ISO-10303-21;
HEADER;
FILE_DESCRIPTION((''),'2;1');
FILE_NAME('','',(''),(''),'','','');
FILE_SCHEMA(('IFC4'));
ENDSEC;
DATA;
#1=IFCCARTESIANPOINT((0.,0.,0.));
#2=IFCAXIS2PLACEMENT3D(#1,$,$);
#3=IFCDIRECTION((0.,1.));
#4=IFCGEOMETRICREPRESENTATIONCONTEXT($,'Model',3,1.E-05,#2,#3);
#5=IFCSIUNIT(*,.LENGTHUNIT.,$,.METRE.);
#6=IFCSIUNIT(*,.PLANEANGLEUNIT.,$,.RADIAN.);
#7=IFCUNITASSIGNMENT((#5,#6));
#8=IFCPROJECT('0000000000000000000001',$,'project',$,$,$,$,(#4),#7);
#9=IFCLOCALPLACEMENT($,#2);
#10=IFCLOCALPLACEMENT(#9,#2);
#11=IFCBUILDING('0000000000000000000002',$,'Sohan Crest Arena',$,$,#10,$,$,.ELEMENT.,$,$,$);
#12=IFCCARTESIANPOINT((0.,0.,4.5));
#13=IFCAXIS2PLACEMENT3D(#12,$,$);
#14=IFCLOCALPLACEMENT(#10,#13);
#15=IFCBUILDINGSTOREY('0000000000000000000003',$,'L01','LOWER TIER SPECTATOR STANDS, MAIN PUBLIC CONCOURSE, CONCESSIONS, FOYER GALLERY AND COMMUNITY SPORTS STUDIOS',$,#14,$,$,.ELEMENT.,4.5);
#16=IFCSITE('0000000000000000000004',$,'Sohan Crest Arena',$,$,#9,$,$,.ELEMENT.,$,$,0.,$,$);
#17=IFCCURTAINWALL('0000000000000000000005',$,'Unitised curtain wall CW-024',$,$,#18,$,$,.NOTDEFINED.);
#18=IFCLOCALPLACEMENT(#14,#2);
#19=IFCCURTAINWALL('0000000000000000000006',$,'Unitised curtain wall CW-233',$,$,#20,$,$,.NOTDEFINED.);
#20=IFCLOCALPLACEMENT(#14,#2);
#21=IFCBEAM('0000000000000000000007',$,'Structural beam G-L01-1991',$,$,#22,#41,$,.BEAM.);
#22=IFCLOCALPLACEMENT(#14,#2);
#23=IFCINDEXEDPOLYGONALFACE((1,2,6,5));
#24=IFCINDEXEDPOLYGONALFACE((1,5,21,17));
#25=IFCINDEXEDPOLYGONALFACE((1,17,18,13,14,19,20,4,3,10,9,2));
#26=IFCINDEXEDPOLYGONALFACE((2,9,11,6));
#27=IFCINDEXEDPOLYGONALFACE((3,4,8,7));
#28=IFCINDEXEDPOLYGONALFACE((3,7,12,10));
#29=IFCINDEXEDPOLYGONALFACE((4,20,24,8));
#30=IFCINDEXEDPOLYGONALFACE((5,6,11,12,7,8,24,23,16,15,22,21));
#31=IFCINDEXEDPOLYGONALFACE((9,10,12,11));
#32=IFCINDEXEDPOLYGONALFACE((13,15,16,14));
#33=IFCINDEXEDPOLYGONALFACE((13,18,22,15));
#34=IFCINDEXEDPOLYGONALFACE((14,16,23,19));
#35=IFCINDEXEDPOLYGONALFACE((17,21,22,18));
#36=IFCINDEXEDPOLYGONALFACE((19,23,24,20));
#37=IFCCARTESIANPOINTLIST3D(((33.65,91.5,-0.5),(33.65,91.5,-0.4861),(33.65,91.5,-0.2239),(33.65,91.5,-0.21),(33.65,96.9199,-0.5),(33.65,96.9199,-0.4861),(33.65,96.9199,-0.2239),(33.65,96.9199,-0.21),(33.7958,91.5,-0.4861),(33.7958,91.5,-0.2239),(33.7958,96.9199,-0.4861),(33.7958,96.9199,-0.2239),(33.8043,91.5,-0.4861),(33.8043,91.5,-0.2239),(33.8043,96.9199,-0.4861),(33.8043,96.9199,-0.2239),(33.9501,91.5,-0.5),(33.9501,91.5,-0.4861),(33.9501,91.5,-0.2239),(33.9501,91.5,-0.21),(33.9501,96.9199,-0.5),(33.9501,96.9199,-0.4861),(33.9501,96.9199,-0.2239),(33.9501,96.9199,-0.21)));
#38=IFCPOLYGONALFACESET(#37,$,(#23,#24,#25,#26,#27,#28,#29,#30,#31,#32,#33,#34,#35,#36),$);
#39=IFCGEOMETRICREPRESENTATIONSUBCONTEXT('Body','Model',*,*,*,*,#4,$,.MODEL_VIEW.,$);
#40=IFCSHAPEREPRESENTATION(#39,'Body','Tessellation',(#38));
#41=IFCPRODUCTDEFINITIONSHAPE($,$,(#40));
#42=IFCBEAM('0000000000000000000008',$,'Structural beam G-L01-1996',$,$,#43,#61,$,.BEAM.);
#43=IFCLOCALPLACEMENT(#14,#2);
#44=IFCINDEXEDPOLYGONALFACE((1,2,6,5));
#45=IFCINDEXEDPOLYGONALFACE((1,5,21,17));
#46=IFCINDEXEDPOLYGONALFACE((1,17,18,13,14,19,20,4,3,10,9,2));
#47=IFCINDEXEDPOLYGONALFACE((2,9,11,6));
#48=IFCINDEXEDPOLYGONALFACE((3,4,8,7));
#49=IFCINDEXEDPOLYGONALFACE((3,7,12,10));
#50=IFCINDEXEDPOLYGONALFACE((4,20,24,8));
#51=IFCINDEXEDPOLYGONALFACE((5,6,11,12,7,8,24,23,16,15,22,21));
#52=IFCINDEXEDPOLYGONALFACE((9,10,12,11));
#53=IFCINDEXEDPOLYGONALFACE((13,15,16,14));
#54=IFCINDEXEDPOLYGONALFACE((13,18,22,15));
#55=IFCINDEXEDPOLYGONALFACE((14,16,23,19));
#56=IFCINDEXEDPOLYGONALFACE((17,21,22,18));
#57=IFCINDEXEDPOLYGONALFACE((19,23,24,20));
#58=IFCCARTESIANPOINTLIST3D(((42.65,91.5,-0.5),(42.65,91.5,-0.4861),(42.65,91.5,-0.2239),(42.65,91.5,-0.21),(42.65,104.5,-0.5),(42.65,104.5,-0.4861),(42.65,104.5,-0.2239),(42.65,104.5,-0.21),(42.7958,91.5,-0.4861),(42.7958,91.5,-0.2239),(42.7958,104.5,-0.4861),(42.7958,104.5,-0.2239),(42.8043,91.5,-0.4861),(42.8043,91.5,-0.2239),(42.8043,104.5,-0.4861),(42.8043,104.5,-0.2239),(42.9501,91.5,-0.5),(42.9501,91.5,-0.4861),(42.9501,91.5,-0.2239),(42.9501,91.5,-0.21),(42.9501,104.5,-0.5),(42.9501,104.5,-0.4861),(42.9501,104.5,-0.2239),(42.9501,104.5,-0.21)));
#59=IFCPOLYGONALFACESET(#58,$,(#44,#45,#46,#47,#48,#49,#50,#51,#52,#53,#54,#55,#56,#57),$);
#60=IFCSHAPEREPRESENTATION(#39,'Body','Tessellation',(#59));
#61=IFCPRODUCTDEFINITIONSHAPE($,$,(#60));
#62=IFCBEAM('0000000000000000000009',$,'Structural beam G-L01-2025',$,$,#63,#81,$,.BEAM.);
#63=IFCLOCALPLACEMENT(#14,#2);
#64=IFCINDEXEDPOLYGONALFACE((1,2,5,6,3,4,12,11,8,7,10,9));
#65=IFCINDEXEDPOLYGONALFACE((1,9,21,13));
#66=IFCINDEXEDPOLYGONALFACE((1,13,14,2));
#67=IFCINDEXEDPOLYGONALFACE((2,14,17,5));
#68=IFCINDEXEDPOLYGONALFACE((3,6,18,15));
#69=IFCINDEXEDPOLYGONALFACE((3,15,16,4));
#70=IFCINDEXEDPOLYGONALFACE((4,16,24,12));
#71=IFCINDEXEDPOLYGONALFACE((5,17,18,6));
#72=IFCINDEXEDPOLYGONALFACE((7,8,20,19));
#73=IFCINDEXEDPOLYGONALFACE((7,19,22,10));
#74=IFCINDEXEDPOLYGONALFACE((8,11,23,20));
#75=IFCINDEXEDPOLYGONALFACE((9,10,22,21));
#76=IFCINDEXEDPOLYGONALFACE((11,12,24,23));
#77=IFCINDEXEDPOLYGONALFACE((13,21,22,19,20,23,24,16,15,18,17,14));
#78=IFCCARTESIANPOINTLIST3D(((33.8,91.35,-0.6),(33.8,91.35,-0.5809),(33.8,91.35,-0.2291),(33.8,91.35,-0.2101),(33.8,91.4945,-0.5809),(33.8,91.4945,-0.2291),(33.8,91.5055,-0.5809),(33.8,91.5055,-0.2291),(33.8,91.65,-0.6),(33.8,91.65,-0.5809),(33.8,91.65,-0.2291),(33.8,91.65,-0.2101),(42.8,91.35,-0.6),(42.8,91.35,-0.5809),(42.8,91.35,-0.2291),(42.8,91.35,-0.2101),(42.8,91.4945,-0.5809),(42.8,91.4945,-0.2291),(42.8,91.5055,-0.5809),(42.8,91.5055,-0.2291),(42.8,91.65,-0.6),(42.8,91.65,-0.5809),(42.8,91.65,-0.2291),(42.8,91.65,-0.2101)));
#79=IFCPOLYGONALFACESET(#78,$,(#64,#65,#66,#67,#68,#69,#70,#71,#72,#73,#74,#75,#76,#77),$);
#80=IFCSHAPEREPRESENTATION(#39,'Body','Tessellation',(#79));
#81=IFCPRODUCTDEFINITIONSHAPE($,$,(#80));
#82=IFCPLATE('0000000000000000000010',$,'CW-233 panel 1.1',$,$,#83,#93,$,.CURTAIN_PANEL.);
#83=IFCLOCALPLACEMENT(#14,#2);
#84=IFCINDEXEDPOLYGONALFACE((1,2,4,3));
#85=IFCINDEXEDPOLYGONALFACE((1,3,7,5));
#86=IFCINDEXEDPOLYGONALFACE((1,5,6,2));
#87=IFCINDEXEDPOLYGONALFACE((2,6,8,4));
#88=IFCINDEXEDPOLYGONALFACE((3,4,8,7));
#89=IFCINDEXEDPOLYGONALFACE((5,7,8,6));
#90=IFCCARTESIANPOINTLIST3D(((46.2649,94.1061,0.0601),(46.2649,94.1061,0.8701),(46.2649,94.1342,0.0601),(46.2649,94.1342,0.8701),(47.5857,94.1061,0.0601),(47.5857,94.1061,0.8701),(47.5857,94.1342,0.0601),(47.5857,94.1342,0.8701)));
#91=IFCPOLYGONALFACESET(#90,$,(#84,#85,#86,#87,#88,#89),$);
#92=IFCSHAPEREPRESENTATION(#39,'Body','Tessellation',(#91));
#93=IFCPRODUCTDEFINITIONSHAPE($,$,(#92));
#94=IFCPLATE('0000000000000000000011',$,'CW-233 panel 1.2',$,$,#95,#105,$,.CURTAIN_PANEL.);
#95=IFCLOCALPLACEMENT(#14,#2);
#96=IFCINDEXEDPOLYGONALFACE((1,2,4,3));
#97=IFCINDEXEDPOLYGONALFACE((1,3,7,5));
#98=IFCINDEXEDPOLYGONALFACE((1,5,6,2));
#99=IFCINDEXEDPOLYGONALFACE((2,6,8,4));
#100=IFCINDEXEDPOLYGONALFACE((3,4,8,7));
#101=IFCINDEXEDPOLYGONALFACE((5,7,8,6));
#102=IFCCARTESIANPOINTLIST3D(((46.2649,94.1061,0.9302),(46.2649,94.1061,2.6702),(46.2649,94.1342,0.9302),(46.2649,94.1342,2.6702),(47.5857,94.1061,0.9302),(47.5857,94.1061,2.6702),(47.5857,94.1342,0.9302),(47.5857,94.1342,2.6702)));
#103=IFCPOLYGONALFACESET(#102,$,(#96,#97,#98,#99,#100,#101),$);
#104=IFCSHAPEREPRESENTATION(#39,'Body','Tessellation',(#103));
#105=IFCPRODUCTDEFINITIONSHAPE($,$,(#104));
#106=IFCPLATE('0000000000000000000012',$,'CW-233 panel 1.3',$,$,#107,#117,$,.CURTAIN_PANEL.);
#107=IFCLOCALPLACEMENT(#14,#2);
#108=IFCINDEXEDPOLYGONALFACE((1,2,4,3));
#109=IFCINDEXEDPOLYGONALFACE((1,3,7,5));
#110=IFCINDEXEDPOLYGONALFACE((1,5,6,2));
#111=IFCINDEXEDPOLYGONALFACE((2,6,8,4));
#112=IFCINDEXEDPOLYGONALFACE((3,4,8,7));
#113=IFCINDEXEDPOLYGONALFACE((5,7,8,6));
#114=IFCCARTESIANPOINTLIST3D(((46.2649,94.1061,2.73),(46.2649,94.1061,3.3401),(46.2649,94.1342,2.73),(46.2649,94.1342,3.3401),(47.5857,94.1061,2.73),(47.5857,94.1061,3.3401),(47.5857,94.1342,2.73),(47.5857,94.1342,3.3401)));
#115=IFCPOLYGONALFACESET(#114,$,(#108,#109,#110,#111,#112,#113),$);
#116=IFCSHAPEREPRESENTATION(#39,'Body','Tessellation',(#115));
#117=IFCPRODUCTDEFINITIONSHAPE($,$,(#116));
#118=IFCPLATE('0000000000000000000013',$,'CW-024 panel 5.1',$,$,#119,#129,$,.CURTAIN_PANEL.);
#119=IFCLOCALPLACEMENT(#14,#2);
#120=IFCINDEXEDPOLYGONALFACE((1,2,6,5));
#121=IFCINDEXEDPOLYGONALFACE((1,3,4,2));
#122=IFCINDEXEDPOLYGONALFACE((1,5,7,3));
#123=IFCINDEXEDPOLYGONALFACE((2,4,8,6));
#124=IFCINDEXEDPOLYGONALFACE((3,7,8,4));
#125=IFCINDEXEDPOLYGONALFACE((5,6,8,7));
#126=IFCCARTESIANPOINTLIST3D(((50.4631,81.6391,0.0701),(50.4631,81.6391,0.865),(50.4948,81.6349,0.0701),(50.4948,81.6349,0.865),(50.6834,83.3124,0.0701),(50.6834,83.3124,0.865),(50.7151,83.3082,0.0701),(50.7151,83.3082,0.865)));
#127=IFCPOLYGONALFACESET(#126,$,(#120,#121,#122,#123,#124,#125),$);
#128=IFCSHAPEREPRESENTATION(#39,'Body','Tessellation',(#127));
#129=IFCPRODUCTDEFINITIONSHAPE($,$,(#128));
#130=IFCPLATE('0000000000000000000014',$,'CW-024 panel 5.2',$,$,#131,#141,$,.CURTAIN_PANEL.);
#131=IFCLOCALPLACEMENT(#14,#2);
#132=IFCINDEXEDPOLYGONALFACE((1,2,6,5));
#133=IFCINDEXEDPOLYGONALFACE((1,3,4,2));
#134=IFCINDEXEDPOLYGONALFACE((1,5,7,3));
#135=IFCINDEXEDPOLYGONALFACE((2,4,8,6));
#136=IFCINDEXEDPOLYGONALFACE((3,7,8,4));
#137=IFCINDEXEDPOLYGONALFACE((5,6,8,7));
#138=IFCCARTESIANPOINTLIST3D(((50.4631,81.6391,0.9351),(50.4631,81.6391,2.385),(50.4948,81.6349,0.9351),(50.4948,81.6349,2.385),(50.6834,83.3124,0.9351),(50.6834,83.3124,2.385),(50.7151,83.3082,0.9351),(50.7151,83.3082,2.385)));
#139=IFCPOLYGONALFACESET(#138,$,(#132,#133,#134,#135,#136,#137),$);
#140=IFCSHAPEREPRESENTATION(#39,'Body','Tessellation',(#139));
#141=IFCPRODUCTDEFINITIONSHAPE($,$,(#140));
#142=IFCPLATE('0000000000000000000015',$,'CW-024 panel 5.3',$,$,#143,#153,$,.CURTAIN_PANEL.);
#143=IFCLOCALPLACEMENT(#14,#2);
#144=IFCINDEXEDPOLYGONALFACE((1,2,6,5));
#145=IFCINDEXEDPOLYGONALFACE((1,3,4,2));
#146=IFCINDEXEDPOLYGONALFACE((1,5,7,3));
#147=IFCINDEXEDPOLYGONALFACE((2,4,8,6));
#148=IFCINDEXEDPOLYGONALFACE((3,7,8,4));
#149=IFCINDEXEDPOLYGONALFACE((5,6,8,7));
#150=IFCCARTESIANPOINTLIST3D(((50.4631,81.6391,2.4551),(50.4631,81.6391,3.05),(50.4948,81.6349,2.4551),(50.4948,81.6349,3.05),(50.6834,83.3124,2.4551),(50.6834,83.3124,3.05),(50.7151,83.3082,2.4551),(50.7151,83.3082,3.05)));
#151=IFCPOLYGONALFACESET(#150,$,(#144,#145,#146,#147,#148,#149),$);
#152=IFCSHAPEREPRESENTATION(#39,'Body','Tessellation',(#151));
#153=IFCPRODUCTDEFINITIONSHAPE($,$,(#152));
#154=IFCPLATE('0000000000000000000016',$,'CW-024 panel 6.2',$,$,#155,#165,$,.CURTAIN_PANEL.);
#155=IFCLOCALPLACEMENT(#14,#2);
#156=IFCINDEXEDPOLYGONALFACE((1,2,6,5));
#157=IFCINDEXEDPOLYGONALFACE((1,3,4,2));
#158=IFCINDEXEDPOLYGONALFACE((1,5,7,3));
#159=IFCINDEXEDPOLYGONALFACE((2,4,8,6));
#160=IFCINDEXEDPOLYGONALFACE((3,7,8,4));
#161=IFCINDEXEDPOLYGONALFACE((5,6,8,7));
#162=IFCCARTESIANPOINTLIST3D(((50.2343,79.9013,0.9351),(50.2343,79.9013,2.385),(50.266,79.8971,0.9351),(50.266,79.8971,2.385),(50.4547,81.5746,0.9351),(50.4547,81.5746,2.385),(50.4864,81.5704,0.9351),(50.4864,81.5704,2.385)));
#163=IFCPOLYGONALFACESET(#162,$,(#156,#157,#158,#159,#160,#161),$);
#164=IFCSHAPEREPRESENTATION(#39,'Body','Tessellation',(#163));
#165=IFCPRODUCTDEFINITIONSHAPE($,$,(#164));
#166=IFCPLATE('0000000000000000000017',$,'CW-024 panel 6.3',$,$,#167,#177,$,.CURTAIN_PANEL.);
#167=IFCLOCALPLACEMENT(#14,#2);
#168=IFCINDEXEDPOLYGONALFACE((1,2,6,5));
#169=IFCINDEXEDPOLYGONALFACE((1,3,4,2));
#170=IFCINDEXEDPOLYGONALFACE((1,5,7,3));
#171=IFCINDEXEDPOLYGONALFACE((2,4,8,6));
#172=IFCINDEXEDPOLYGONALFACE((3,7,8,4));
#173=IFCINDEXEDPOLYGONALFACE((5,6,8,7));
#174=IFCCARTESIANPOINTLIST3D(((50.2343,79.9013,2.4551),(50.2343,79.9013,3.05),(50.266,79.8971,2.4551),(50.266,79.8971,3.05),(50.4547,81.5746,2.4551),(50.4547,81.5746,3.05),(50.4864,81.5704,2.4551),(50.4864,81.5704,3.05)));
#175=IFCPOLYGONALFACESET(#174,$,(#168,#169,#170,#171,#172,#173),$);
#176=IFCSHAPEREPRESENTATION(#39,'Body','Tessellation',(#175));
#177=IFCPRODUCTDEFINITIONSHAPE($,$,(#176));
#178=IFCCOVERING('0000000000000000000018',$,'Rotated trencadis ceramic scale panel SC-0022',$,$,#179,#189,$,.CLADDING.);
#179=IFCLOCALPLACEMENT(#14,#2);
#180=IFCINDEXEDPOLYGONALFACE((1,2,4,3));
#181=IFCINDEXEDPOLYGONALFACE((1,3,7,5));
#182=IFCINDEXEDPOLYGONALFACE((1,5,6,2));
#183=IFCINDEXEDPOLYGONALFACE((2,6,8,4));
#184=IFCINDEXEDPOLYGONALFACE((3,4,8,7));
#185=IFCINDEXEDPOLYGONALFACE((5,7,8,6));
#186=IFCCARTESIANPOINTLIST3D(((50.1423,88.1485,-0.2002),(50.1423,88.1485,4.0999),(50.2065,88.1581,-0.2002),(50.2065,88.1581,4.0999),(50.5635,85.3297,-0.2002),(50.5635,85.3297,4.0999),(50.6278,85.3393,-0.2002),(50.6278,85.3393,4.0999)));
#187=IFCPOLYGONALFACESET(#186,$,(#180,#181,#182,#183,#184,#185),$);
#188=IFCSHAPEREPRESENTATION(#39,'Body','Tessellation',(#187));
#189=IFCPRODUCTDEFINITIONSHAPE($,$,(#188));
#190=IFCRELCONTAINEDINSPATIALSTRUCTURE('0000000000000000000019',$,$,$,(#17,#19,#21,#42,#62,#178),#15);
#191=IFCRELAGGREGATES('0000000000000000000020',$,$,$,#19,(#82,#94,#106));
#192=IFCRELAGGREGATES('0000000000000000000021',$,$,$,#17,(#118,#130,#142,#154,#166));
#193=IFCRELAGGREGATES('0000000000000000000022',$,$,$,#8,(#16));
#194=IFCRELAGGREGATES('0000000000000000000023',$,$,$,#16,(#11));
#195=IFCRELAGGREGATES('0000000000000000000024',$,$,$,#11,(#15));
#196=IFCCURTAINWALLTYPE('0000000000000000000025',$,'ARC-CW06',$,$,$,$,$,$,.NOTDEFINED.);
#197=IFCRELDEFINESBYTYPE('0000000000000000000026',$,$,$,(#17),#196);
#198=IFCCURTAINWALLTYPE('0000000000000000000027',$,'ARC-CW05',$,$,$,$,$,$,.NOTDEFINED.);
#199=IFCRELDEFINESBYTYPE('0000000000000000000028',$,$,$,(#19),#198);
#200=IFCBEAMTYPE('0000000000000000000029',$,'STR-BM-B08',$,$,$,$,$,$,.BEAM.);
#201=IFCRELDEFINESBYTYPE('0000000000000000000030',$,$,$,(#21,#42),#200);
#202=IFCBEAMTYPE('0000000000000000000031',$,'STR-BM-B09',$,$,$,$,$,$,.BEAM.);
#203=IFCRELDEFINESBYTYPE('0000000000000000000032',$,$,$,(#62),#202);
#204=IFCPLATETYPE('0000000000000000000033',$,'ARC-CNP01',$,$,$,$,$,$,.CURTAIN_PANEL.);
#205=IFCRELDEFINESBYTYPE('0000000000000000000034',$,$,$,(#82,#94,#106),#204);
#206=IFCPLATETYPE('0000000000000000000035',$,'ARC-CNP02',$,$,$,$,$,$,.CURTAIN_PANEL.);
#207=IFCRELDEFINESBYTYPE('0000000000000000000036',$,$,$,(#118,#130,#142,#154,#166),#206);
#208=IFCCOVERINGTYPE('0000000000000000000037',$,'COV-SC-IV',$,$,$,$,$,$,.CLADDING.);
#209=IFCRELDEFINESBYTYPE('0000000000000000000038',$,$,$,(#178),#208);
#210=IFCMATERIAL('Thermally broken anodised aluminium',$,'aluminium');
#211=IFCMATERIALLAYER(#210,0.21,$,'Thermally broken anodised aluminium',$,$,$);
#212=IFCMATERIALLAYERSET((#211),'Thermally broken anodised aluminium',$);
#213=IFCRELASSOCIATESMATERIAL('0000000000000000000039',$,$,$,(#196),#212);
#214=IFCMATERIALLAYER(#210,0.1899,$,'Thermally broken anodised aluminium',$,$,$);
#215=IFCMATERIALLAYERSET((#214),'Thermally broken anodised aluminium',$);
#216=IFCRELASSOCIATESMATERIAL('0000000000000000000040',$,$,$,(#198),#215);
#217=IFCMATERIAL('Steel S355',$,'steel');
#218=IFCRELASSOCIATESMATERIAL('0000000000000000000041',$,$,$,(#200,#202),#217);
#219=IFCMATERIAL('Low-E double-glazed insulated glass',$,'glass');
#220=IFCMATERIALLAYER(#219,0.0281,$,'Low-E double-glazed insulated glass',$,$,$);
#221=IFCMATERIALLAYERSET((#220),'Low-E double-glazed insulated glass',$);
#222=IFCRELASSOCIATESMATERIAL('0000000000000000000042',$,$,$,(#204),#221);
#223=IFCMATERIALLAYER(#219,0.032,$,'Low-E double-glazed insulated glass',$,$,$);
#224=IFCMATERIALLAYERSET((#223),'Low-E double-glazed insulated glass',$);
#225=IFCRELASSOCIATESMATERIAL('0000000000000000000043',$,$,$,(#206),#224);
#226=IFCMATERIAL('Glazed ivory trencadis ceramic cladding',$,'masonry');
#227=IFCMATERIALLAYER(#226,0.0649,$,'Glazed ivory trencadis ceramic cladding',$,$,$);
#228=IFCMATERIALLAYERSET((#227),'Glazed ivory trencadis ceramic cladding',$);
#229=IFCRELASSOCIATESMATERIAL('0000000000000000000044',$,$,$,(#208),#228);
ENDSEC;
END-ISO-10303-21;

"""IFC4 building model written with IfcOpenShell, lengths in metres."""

from ifc_helpers import new_model, si_unit, direction, frame, origin, origin_2d, place, context, subcontext, project, spatial, rectangle, i_section, extrude, material, layer, layer_set, material_profile, profile_set, type_object, element, aggregate, save


model = new_model("IFC4")

# Units and contexts
model_context = context("Model", 3, precision=1e-05, world=origin(), true_north=direction((0.0, 1.0)))
body_context = subcontext(model_context, "Body", "Model", "MODEL_VIEW")
ifc_project = project(units=[si_unit("LENGTHUNIT", "METRE"), si_unit("PLANEANGLEUNIT", "RADIAN")], contexts=[model_context])

# Site, building, storey
site_placement = place(None, origin())
site = spatial("IfcSite", under=ifc_project, at=site_placement, Name="Sohan Crest Arena", CompositionType="ELEMENT", RefElevation=0.0)
building_placement = place(site_placement, origin())
building = spatial("IfcBuilding", under=site, at=building_placement, Name="Sohan Crest Arena", CompositionType="ELEMENT")
storey_placement = place(building_placement, frame((0.0, 0.0, 4.5)))
storey = spatial("IfcBuildingStorey", under=building, at=storey_placement, Name="L01", Description="LOWER TIER SPECTATOR STANDS, MAIN PUBLIC CONCOURSE, CONCESSIONS, FOYER GALLERY AND COMMUNITY SPORTS STUDIOS", CompositionType="ELEMENT", Elevation=4.5)

# Curtain wall
ifc_material_1 = material(Name="Thermally broken anodised aluminium", Category="aluminium")
ifc_layer_1 = layer(ifc_material_1, 0.21, Name="Thermally broken anodised aluminium")
ifc_layer_set_1 = layer_set([ifc_layer_1], Name="Thermally broken anodised aluminium")
curtain_wall_type_1 = type_object("IfcCurtainWallType", Name="ARC-CW06", PredefinedType="NOTDEFINED", material=ifc_layer_set_1)
curtain_wall_1_placement = place(storey_placement, origin())
curtain_wall_1 = element("IfcCurtainWall", 1, at=curtain_wall_1_placement, inside=storey, type_object=curtain_wall_type_1, Name="Unitised curtain wall CW-024", PredefinedType="NOTDEFINED")

# Curtain wall
ifc_layer_2 = layer(ifc_material_1, 0.1899, Name="Thermally broken anodised aluminium")
ifc_layer_set_2 = layer_set([ifc_layer_2], Name="Thermally broken anodised aluminium")
curtain_wall_type_2 = type_object("IfcCurtainWallType", Name="ARC-CW05", PredefinedType="NOTDEFINED", material=ifc_layer_set_2)
curtain_wall_2_placement = place(storey_placement, origin())
curtain_wall_2 = element("IfcCurtainWall", 2, at=curtain_wall_2_placement, inside=storey, type_object=curtain_wall_type_2, Name="Unitised curtain wall CW-233", PredefinedType="NOTDEFINED")

# Beams
ifc_material_2 = material(Name="Steel S355", Category="steel")
ifc_material_profile_1 = material_profile(ifc_material_2, i_section(OverallWidth=0.3, OverallDepth=0.29, WebThickness=0.0085, FlangeThickness=0.0139, at=origin_2d()), Name="HEA 300")
ifc_profile_set_1 = profile_set([ifc_material_profile_1], Name="Steel S355")
beam_type_1 = type_object("IfcBeamType", Name="STR-BM-B08", PredefinedType="BEAM", material=ifc_profile_set_1)
beam_1_placement = place(storey_placement, frame((33.8, 91.5, -0.355), z_axis=(0.0, 1.0, 0.0), x_axis=(-1.0, 0.0, 0.0)))
element("IfcBeam", 3, at=beam_1_placement, inside=storey, type_object=beam_type_1, Name="Structural beam G-L01-1991", PredefinedType="BEAM", context=body_context, shape_type="SweptSolid", body=[
    extrude(i_section(OverallWidth=0.3, OverallDepth=0.29, WebThickness=0.0085, FlangeThickness=0.0139, at=origin_2d()), origin(), (0.0, 0.0, 1.0), 5.4199),
])
beam_2_placement = place(storey_placement, frame((42.8, 91.5, -0.355), z_axis=(0.0, 1.0, 0.0), x_axis=(-1.0, 0.0, 0.0)))
element("IfcBeam", 4, at=beam_2_placement, inside=storey, type_object=beam_type_1, Name="Structural beam G-L01-1996", PredefinedType="BEAM", context=body_context, shape_type="SweptSolid", body=[
    extrude(i_section(OverallWidth=0.3, OverallDepth=0.29, WebThickness=0.0085, FlangeThickness=0.0139, at=origin_2d()), origin(), (0.0, 0.0, 1.0), 13.0),
])
ifc_material_profile_2 = material_profile(ifc_material_2, i_section(OverallWidth=0.3, OverallDepth=0.3899, WebThickness=0.011, FlangeThickness=0.019, at=origin_2d()), Name="HEA 400")
ifc_profile_set_2 = profile_set([ifc_material_profile_2], Name="Steel S355")
beam_type_2 = type_object("IfcBeamType", Name="STR-BM-B09", PredefinedType="BEAM", material=ifc_profile_set_2)
beam_3_placement = place(storey_placement, frame((33.8, 91.5, -0.405), z_axis=(1.0, 0.0, 0.0), x_axis=(0.0, 1.0, 0.0)))
element("IfcBeam", 5, at=beam_3_placement, inside=storey, type_object=beam_type_2, Name="Structural beam G-L01-2025", PredefinedType="BEAM", context=body_context, shape_type="SweptSolid", body=[
    extrude(i_section(OverallWidth=0.3, OverallDepth=0.3899, WebThickness=0.011, FlangeThickness=0.019, at=origin_2d()), origin(), (0.0, 0.0, 1.0), 9.0),
])

# Plates
ifc_material_3 = material(Name="Low-E double-glazed insulated glass", Category="glass")
ifc_layer_3 = layer(ifc_material_3, 0.0281, Name="Low-E double-glazed insulated glass")
ifc_layer_set_3 = layer_set([ifc_layer_3], Name="Low-E double-glazed insulated glass")
plate_type_1 = type_object("IfcPlateType", Name="ARC-CNP01", PredefinedType="CURTAIN_PANEL", material=ifc_layer_set_3)
plate_1_placement = place(storey_placement, frame((46.9253, 94.1201, 0.0601), z_axis=(0.0, 0.0, 1.0), x_axis=(1.0, 0.0, 0.0)))
plate_1 = element("IfcPlate", 6, at=plate_1_placement, type_object=plate_type_1, Name="CW-233 panel 1.1", PredefinedType="CURTAIN_PANEL", context=body_context, shape_type="SweptSolid", body=[
    extrude(rectangle(XDim=1.3208, YDim=0.0281, at=origin_2d()), origin(), (0.0, 0.0, 1.0), 0.8101),
])
plate_2_placement = place(storey_placement, frame((46.9253, 94.1201, 0.9302), z_axis=(0.0, 0.0, 1.0), x_axis=(1.0, 0.0, 0.0)))
plate_2 = element("IfcPlate", 7, at=plate_2_placement, type_object=plate_type_1, Name="CW-233 panel 1.2", PredefinedType="CURTAIN_PANEL", context=body_context, shape_type="SweptSolid", body=[
    extrude(rectangle(XDim=1.3208, YDim=0.0281, at=origin_2d()), origin(), (0.0, 0.0, 1.0), 1.74),
])
plate_3_placement = place(storey_placement, frame((46.9253, 94.1201, 2.73), z_axis=(0.0, 0.0, 1.0), x_axis=(1.0, 0.0, 0.0)))
plate_3 = element("IfcPlate", 8, at=plate_3_placement, type_object=plate_type_1, Name="CW-233 panel 1.3", PredefinedType="CURTAIN_PANEL", context=body_context, shape_type="SweptSolid", body=[
    extrude(rectangle(XDim=1.3208, YDim=0.0281, at=origin_2d()), origin(), (0.0, 0.0, 1.0), 0.6101),
])
aggregate(curtain_wall_2, [plate_1, plate_2, plate_3])
ifc_layer_4 = layer(ifc_material_3, 0.032, Name="Low-E double-glazed insulated glass")
ifc_layer_set_4 = layer_set([ifc_layer_4], Name="Low-E double-glazed insulated glass")
plate_type_2 = type_object("IfcPlateType", Name="ARC-CNP02", PredefinedType="CURTAIN_PANEL", material=ifc_layer_set_4)
plate_4_placement = place(storey_placement, frame((50.5891, 82.4736, 0.0701), z_axis=(0.0, 0.0, 1.0), x_axis=(-0.130562, -0.99144, 0.0)))
plate_4 = element("IfcPlate", 9, at=plate_4_placement, type_object=plate_type_2, Name="CW-024 panel 5.1", PredefinedType="CURTAIN_PANEL", context=body_context, shape_type="SweptSolid", body=[
    extrude(rectangle(XDim=1.6877, YDim=0.032, at=origin_2d()), origin(), (0.0, 0.0, 1.0), 0.7949),
])
plate_5_placement = place(storey_placement, frame((50.5891, 82.4736, 0.9351), z_axis=(0.0, 0.0, 1.0), x_axis=(-0.130562, -0.99144, 0.0)))
plate_5 = element("IfcPlate", 10, at=plate_5_placement, type_object=plate_type_2, Name="CW-024 panel 5.2", PredefinedType="CURTAIN_PANEL", context=body_context, shape_type="SweptSolid", body=[
    extrude(rectangle(XDim=1.6877, YDim=0.032, at=origin_2d()), origin(), (0.0, 0.0, 1.0), 1.45),
])
plate_6_placement = place(storey_placement, frame((50.5891, 82.4736, 2.4551), z_axis=(0.0, 0.0, 1.0), x_axis=(-0.130562, -0.99144, 0.0)))
plate_6 = element("IfcPlate", 11, at=plate_6_placement, type_object=plate_type_2, Name="CW-024 panel 5.3", PredefinedType="CURTAIN_PANEL", context=body_context, shape_type="SweptSolid", body=[
    extrude(rectangle(XDim=1.6877, YDim=0.032, at=origin_2d()), origin(), (0.0, 0.0, 1.0), 0.595),
])
plate_7_placement = place(storey_placement, frame((50.3604, 80.7358, 0.9351), z_axis=(0.0, 0.0, 1.0), x_axis=(-0.130562, -0.99144, 0.0)))
plate_7 = element("IfcPlate", 12, at=plate_7_placement, type_object=plate_type_2, Name="CW-024 panel 6.2", PredefinedType="CURTAIN_PANEL", context=body_context, shape_type="SweptSolid", body=[
    extrude(rectangle(XDim=1.6877, YDim=0.032, at=origin_2d()), origin(), (0.0, 0.0, 1.0), 1.45),
])
plate_8_placement = place(storey_placement, frame((50.3604, 80.7358, 2.4551), z_axis=(0.0, 0.0, 1.0), x_axis=(-0.130562, -0.99144, 0.0)))
plate_8 = element("IfcPlate", 13, at=plate_8_placement, type_object=plate_type_2, Name="CW-024 panel 6.3", PredefinedType="CURTAIN_PANEL", context=body_context, shape_type="SweptSolid", body=[
    extrude(rectangle(XDim=1.6877, YDim=0.032, at=origin_2d()), origin(), (0.0, 0.0, 1.0), 0.595),
])
aggregate(curtain_wall_1, [plate_4, plate_5, plate_6, plate_7, plate_8])

# Covering
ifc_material_4 = material(Name="Glazed ivory trencadis ceramic cladding", Category="masonry")
ifc_layer_5 = layer(ifc_material_4, 0.0649, Name="Glazed ivory trencadis ceramic cladding")
ifc_layer_set_5 = layer_set([ifc_layer_5], Name="Glazed ivory trencadis ceramic cladding")
covering_type = type_object("IfcCoveringType", Name="COV-SC-IV", PredefinedType="CLADDING", material=ifc_layer_set_5)
for number, where, z_axis, x_axis, name in (
    (14, (50.385, 86.7439, -0.2002), (0.0, 0.0, 1.0), (0.147809, -0.989016, 0.0), "Rotated trencadis ceramic scale panel SC-0022"),
):
    element("IfcCovering", number, at=place(storey_placement, frame(where, z_axis=z_axis, x_axis=x_axis)), inside=storey, type_object=covering_type, Name=name, PredefinedType="CLADDING", context=body_context, shape_type="SweptSolid", body=[
        extrude(rectangle(XDim=2.8501, YDim=0.0649, at=origin_2d()), origin(), (0.0, 0.0, 1.0), 4.3),
    ])

save(model, "model.ifc")
